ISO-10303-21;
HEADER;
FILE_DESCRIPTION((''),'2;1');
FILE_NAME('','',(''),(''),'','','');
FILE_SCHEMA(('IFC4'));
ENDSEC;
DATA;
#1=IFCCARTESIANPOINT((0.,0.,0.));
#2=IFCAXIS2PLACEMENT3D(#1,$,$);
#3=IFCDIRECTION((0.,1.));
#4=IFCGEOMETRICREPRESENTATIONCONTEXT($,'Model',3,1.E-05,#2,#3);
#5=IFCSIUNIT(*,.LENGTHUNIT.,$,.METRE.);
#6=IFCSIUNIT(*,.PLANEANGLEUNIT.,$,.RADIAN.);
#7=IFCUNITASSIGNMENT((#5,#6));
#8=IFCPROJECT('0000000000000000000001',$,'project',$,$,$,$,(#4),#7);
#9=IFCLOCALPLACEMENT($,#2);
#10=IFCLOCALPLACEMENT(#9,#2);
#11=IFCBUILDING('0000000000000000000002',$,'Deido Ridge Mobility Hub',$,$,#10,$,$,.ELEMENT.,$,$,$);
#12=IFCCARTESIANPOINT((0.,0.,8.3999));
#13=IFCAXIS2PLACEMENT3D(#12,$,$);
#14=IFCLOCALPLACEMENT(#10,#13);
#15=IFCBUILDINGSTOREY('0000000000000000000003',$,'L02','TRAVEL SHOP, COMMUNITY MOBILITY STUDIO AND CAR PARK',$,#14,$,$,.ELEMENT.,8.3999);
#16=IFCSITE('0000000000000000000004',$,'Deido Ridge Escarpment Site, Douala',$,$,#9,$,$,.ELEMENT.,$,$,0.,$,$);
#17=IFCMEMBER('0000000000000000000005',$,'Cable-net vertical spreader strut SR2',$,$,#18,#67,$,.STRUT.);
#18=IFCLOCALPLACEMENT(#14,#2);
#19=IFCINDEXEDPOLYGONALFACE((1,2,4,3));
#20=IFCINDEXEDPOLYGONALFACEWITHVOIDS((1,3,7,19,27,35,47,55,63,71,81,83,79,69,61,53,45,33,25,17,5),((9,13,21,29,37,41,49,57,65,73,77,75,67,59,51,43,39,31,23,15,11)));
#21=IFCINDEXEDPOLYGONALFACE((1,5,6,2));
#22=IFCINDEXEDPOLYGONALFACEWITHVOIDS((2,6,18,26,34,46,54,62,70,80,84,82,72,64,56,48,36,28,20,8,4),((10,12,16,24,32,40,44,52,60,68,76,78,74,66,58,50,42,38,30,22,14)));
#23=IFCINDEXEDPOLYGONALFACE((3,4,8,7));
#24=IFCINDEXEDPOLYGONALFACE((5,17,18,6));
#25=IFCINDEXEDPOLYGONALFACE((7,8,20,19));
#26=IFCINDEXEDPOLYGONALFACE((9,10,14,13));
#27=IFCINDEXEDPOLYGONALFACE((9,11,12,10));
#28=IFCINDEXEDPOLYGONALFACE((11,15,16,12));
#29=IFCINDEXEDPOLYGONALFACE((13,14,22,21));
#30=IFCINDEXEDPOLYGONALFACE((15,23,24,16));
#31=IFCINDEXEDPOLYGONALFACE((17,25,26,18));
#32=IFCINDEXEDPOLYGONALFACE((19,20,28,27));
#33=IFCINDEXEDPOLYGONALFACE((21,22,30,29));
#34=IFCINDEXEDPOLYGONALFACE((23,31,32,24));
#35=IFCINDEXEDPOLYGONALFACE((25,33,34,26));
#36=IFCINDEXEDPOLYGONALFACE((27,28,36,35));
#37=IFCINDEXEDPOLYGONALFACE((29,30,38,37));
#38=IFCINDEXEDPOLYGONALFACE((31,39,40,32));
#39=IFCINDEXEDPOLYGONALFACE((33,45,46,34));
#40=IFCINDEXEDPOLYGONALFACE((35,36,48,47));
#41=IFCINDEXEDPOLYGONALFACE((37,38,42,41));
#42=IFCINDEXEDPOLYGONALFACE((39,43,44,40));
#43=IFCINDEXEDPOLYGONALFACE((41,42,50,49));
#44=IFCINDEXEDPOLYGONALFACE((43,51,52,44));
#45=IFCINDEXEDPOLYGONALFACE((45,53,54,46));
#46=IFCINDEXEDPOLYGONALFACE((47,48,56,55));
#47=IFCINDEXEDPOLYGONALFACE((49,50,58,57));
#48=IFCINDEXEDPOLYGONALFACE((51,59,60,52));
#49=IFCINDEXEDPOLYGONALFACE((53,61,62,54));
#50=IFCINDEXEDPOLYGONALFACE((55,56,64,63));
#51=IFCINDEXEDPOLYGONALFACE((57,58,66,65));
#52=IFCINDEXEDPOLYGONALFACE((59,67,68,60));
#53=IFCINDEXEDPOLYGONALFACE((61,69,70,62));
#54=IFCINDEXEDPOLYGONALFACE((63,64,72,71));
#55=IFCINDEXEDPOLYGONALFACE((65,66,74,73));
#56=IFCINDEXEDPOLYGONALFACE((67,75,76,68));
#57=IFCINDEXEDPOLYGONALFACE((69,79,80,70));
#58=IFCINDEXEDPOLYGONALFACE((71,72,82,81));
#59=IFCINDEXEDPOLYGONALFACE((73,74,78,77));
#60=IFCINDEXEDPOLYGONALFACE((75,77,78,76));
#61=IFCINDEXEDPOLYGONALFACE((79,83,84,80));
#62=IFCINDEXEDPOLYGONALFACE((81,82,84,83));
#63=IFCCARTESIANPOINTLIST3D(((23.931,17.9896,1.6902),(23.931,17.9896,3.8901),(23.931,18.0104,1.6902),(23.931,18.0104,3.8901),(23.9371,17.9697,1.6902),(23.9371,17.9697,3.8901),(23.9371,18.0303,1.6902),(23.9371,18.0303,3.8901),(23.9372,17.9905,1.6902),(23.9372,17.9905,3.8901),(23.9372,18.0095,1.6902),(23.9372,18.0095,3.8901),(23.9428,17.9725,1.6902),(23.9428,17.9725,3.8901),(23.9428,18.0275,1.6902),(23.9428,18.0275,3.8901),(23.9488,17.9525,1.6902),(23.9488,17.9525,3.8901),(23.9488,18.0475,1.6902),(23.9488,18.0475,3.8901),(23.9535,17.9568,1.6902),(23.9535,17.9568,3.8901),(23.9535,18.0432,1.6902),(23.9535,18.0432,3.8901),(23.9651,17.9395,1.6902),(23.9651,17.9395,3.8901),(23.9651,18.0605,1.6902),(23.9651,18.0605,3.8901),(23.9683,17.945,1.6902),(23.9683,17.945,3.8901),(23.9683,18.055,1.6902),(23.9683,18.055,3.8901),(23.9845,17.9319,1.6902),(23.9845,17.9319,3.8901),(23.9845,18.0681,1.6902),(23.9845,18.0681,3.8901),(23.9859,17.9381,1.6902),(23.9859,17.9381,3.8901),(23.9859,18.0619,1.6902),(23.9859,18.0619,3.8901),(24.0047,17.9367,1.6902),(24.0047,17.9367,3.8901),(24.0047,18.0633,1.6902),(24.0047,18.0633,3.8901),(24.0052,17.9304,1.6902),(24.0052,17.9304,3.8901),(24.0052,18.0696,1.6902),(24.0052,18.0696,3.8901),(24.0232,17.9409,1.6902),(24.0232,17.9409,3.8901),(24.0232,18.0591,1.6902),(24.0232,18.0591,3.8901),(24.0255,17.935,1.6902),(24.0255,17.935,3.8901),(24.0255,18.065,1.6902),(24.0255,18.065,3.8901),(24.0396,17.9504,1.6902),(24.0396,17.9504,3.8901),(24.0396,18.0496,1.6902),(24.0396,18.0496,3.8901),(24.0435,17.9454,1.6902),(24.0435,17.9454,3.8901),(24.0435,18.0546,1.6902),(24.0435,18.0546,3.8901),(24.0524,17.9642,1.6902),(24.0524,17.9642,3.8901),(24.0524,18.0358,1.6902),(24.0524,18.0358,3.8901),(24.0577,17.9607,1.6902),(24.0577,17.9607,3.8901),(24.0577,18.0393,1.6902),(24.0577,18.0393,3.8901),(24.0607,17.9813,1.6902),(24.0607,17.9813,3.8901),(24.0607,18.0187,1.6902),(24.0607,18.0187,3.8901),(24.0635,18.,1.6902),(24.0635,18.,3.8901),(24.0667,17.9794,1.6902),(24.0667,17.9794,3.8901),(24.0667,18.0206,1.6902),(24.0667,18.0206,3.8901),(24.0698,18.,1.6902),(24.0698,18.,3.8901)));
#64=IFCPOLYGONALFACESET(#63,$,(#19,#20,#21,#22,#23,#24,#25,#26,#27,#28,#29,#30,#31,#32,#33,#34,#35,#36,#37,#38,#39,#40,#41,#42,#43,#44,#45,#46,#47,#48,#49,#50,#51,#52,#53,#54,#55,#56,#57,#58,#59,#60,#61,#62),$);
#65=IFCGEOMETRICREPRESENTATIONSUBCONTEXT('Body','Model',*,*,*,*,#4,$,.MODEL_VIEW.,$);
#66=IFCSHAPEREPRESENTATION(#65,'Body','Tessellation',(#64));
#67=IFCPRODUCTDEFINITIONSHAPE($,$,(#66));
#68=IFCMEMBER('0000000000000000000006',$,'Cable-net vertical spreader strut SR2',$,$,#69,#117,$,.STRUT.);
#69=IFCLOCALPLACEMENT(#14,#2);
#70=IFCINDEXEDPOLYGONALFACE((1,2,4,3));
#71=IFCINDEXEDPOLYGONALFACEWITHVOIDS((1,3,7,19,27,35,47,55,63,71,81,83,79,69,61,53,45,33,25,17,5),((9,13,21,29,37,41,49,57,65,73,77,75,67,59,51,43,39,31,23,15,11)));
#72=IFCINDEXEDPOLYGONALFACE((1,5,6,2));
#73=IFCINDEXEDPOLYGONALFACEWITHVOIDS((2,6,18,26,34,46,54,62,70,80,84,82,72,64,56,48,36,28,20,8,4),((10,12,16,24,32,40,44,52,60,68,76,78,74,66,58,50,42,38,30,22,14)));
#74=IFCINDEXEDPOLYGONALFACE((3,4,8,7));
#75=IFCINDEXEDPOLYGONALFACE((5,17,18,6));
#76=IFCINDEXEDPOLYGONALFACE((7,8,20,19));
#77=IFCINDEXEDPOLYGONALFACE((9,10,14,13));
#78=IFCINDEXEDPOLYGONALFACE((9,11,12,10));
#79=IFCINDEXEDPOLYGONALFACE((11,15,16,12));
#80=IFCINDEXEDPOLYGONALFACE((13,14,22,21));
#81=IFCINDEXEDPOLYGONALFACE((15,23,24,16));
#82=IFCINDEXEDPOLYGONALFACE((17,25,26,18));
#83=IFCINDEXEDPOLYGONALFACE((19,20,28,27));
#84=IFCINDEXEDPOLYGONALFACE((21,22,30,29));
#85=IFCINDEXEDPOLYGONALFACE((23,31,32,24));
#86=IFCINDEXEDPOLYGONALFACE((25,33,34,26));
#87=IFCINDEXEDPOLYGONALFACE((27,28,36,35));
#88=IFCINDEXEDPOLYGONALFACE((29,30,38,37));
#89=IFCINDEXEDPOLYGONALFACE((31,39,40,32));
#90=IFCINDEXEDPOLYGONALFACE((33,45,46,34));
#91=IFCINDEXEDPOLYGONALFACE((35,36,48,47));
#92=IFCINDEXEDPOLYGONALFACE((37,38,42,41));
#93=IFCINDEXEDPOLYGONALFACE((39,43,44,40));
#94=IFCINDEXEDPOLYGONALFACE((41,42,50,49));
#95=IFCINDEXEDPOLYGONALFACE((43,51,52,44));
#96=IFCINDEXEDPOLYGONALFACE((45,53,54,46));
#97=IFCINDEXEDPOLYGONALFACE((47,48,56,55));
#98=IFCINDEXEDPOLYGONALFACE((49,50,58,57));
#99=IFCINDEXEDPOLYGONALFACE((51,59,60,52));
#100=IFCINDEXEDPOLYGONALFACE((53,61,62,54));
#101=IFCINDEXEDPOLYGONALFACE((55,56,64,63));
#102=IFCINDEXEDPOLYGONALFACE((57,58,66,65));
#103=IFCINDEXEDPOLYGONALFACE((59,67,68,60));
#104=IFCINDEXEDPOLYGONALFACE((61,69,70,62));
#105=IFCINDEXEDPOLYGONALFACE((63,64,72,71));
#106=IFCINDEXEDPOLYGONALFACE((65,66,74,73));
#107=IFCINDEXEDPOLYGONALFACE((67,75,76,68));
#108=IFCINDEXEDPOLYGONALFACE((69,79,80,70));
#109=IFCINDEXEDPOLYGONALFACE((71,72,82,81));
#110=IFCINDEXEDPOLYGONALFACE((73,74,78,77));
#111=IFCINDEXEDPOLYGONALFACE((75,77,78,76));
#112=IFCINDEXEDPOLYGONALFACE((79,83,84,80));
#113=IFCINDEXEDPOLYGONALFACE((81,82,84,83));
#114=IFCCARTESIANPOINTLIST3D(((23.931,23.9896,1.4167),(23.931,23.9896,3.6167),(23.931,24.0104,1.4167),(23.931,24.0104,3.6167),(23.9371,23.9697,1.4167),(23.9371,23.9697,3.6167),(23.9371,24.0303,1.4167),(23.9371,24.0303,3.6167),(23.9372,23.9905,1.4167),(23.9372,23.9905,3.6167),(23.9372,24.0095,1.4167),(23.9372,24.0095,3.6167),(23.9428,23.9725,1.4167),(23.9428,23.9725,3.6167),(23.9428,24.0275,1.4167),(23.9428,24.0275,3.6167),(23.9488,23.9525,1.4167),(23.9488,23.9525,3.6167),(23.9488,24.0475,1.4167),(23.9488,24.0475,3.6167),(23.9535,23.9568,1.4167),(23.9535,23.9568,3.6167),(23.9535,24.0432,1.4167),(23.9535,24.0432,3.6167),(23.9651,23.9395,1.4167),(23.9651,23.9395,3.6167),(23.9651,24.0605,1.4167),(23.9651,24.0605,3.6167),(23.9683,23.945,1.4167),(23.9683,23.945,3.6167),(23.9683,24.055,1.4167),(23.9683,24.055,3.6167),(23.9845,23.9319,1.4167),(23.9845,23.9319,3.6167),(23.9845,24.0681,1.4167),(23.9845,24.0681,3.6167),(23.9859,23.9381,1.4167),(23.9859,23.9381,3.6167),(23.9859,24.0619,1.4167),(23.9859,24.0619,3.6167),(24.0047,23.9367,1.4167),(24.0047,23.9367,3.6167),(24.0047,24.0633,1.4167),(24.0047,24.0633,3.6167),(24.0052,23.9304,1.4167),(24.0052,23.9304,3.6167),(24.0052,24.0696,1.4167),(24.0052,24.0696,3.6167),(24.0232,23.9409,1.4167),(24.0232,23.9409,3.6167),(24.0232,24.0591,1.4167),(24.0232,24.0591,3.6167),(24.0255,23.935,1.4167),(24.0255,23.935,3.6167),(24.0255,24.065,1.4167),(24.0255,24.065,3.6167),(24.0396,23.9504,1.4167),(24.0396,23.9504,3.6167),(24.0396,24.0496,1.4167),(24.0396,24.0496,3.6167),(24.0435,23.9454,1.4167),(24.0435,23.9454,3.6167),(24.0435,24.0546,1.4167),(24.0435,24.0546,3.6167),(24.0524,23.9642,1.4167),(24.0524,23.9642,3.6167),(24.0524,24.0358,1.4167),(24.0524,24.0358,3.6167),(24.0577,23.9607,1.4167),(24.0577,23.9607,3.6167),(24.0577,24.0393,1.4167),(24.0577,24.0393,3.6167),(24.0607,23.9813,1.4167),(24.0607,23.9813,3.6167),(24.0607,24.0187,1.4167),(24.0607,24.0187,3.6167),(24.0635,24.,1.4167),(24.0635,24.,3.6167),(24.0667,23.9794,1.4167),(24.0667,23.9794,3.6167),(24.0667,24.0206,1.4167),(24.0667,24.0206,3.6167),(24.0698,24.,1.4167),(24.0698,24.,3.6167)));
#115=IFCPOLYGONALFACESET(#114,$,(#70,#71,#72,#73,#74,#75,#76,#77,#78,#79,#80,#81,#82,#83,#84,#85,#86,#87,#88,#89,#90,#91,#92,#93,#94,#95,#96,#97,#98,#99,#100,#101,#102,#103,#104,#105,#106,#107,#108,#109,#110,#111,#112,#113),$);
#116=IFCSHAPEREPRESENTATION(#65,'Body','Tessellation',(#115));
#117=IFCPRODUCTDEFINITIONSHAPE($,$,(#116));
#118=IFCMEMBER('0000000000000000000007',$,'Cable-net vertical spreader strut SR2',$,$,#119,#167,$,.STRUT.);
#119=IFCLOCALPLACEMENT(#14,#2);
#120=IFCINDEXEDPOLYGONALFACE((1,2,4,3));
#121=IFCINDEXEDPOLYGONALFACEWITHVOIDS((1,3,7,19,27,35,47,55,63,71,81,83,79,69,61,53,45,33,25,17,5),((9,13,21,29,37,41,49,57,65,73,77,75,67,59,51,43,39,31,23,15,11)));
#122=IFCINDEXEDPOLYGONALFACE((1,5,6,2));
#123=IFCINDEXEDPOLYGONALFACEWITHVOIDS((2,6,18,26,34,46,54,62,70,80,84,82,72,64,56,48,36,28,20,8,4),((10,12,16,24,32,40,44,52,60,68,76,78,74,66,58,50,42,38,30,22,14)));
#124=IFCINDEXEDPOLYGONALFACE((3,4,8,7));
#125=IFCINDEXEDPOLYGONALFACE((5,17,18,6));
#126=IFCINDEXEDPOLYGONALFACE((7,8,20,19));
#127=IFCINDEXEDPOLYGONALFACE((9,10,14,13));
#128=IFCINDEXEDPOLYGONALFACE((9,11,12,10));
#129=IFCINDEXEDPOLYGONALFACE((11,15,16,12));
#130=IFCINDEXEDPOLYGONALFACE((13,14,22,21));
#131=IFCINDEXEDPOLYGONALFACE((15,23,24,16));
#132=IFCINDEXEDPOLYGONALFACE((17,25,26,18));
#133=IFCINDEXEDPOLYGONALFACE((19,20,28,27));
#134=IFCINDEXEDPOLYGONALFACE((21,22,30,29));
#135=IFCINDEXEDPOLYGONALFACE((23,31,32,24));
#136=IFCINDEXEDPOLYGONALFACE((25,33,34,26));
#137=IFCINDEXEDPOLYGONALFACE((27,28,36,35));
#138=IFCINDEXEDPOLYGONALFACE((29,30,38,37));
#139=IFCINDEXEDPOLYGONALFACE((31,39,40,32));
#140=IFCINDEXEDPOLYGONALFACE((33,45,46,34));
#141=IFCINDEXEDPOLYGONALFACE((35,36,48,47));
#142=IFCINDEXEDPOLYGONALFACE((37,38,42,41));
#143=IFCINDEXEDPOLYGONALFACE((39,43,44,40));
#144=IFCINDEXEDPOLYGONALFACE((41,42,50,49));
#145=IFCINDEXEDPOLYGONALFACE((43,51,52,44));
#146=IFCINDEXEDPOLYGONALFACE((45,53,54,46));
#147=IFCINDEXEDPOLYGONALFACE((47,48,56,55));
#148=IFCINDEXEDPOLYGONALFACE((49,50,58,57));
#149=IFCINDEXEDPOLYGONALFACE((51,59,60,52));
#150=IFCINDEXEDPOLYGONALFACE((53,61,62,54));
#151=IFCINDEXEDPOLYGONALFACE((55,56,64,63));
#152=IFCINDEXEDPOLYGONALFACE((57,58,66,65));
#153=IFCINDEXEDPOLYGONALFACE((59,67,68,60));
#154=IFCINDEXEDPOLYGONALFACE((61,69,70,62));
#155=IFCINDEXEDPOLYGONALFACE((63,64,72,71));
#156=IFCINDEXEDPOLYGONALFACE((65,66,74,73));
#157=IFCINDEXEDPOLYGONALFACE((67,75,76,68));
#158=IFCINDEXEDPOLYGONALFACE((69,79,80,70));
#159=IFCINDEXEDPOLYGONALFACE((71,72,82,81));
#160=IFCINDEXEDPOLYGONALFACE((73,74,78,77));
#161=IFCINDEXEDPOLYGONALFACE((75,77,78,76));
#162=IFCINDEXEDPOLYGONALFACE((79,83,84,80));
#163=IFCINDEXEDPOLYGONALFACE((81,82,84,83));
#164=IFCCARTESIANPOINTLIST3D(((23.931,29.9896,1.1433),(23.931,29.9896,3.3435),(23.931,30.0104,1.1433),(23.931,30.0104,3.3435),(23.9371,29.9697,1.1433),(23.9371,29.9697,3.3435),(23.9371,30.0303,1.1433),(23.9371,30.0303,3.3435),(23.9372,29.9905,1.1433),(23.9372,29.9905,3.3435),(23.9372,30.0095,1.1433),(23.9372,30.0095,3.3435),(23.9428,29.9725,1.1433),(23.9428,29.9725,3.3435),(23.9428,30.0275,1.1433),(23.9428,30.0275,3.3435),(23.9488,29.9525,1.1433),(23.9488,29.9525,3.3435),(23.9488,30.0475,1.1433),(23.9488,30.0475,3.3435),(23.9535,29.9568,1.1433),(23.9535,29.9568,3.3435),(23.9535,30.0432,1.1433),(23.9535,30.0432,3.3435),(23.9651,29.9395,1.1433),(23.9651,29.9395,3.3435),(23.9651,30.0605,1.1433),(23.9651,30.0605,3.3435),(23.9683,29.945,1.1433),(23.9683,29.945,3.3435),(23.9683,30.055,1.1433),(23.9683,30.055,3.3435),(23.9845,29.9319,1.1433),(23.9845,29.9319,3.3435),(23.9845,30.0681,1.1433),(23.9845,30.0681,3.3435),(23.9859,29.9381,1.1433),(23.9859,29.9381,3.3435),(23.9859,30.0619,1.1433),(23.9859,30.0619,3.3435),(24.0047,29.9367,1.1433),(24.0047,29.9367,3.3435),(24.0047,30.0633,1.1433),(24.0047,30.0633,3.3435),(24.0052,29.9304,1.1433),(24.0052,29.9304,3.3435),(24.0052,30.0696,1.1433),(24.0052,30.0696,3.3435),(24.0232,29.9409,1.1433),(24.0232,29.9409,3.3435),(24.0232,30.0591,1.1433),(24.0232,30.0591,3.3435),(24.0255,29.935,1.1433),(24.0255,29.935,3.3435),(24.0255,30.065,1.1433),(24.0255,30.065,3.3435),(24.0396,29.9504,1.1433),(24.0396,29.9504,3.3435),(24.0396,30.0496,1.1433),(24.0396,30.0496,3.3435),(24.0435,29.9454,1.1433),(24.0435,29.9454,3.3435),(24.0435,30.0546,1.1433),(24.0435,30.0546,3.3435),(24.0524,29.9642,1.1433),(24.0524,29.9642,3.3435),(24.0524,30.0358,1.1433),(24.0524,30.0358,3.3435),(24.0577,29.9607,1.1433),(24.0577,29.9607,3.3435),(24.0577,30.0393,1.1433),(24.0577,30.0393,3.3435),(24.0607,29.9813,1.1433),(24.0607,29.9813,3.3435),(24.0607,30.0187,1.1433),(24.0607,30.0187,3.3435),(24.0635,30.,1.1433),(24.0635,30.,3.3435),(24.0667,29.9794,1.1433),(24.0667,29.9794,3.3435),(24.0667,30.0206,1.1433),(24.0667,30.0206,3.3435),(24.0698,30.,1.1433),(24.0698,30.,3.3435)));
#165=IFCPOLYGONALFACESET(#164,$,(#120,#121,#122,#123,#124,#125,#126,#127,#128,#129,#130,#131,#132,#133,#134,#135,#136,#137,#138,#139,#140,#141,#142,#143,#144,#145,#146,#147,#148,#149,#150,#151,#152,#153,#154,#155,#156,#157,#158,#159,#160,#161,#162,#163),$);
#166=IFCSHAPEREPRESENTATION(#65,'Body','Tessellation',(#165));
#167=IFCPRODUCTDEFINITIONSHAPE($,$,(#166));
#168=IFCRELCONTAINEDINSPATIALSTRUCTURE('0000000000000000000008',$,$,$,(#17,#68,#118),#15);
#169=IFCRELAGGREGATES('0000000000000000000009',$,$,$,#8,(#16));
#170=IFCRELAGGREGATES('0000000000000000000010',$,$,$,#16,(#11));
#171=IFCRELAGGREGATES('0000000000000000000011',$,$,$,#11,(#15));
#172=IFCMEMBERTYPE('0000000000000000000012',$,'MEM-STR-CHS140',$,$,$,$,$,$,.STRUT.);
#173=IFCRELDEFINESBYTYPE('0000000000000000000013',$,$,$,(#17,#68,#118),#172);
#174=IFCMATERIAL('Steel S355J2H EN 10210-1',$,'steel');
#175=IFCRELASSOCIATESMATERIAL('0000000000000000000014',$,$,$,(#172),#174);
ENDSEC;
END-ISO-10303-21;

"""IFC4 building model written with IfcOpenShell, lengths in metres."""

from ifc_helpers import new_model, si_unit, direction, frame, origin, origin_2d, place, context, subcontext, project, spatial, hollow_circle, extrude, material, material_profile, profile_set, type_object, element, save


model = new_model("IFC4")

# Units and contexts
model_context = context("Model", 3, precision=1e-05, world=origin(), true_north=direction((0.0, 1.0)))
body_context = subcontext(model_context, "Body", "Model", "MODEL_VIEW")
ifc_project = project(units=[si_unit("LENGTHUNIT", "METRE"), si_unit("PLANEANGLEUNIT", "RADIAN")], contexts=[model_context])

# Site, building, storey
site_placement = place(None, origin())
site = spatial("IfcSite", under=ifc_project, at=site_placement, Name="Deido Ridge Escarpment Site, Douala", CompositionType="ELEMENT", RefElevation=0.0)
building_placement = place(site_placement, origin())
building = spatial("IfcBuilding", under=site, at=building_placement, Name="Deido Ridge Mobility Hub", CompositionType="ELEMENT")
storey_placement = place(building_placement, frame((0.0, 0.0, 8.3999)))
storey = spatial("IfcBuildingStorey", under=building, at=storey_placement, Name="L02", Description="TRAVEL SHOP, COMMUNITY MOBILITY STUDIO AND CAR PARK", CompositionType="ELEMENT", Elevation=8.3999)

# Members
ifc_material_1 = material(Name="Steel S355J2H EN 10210-1", Category="steel")
ifc_material_profile_1 = material_profile(ifc_material_1, hollow_circle(Radius=0.0698, WallThickness=0.0063, at=origin_2d()), Name="CHS 139.7x6.3")
ifc_profile_set_1 = profile_set([ifc_material_profile_1], Name="Steel S355J2H EN 10210-1")
member_type_1 = type_object("IfcMemberType", Name="MEM-STR-CHS140", PredefinedType="STRUT", material=ifc_profile_set_1)
for number, where, z_axis, x_axis, name in (
    (1, (24.0, 18.0, 1.6902), (0.0, 0.0, 1.0), (1.0, 0.0, 0.0), "Cable-net vertical spreader strut SR2"),
    (2, (24.0, 24.0, 1.4167), (0.0, 0.0, 1.0), (1.0, 0.0, 0.0), "Cable-net vertical spreader strut SR2"),
):
    element("IfcMember", number, at=place(storey_placement, frame(where, z_axis=z_axis, x_axis=x_axis)), inside=storey, type_object=member_type_1, Name=name, PredefinedType="STRUT", context=body_context, shape_type="SweptSolid", body=[
        extrude(hollow_circle(Radius=0.0698, WallThickness=0.0063, at=origin_2d()), origin(), (0.0, 0.0, 1.0), 2.2),
    ])
member_1_placement = place(storey_placement, frame((24.0, 30.0, 1.1433), z_axis=(0.0, 0.0, 1.0), x_axis=(1.0, 0.0, 0.0)))
element("IfcMember", 3, at=member_1_placement, inside=storey, type_object=member_type_1, Name="Cable-net vertical spreader strut SR2", PredefinedType="STRUT", context=body_context, shape_type="SweptSolid", body=[
    extrude(hollow_circle(Radius=0.0698, WallThickness=0.0063, at=origin_2d()), origin(), (0.0, 0.0, 1.0), 2.2002),
])

save(model, "model.ifc")
